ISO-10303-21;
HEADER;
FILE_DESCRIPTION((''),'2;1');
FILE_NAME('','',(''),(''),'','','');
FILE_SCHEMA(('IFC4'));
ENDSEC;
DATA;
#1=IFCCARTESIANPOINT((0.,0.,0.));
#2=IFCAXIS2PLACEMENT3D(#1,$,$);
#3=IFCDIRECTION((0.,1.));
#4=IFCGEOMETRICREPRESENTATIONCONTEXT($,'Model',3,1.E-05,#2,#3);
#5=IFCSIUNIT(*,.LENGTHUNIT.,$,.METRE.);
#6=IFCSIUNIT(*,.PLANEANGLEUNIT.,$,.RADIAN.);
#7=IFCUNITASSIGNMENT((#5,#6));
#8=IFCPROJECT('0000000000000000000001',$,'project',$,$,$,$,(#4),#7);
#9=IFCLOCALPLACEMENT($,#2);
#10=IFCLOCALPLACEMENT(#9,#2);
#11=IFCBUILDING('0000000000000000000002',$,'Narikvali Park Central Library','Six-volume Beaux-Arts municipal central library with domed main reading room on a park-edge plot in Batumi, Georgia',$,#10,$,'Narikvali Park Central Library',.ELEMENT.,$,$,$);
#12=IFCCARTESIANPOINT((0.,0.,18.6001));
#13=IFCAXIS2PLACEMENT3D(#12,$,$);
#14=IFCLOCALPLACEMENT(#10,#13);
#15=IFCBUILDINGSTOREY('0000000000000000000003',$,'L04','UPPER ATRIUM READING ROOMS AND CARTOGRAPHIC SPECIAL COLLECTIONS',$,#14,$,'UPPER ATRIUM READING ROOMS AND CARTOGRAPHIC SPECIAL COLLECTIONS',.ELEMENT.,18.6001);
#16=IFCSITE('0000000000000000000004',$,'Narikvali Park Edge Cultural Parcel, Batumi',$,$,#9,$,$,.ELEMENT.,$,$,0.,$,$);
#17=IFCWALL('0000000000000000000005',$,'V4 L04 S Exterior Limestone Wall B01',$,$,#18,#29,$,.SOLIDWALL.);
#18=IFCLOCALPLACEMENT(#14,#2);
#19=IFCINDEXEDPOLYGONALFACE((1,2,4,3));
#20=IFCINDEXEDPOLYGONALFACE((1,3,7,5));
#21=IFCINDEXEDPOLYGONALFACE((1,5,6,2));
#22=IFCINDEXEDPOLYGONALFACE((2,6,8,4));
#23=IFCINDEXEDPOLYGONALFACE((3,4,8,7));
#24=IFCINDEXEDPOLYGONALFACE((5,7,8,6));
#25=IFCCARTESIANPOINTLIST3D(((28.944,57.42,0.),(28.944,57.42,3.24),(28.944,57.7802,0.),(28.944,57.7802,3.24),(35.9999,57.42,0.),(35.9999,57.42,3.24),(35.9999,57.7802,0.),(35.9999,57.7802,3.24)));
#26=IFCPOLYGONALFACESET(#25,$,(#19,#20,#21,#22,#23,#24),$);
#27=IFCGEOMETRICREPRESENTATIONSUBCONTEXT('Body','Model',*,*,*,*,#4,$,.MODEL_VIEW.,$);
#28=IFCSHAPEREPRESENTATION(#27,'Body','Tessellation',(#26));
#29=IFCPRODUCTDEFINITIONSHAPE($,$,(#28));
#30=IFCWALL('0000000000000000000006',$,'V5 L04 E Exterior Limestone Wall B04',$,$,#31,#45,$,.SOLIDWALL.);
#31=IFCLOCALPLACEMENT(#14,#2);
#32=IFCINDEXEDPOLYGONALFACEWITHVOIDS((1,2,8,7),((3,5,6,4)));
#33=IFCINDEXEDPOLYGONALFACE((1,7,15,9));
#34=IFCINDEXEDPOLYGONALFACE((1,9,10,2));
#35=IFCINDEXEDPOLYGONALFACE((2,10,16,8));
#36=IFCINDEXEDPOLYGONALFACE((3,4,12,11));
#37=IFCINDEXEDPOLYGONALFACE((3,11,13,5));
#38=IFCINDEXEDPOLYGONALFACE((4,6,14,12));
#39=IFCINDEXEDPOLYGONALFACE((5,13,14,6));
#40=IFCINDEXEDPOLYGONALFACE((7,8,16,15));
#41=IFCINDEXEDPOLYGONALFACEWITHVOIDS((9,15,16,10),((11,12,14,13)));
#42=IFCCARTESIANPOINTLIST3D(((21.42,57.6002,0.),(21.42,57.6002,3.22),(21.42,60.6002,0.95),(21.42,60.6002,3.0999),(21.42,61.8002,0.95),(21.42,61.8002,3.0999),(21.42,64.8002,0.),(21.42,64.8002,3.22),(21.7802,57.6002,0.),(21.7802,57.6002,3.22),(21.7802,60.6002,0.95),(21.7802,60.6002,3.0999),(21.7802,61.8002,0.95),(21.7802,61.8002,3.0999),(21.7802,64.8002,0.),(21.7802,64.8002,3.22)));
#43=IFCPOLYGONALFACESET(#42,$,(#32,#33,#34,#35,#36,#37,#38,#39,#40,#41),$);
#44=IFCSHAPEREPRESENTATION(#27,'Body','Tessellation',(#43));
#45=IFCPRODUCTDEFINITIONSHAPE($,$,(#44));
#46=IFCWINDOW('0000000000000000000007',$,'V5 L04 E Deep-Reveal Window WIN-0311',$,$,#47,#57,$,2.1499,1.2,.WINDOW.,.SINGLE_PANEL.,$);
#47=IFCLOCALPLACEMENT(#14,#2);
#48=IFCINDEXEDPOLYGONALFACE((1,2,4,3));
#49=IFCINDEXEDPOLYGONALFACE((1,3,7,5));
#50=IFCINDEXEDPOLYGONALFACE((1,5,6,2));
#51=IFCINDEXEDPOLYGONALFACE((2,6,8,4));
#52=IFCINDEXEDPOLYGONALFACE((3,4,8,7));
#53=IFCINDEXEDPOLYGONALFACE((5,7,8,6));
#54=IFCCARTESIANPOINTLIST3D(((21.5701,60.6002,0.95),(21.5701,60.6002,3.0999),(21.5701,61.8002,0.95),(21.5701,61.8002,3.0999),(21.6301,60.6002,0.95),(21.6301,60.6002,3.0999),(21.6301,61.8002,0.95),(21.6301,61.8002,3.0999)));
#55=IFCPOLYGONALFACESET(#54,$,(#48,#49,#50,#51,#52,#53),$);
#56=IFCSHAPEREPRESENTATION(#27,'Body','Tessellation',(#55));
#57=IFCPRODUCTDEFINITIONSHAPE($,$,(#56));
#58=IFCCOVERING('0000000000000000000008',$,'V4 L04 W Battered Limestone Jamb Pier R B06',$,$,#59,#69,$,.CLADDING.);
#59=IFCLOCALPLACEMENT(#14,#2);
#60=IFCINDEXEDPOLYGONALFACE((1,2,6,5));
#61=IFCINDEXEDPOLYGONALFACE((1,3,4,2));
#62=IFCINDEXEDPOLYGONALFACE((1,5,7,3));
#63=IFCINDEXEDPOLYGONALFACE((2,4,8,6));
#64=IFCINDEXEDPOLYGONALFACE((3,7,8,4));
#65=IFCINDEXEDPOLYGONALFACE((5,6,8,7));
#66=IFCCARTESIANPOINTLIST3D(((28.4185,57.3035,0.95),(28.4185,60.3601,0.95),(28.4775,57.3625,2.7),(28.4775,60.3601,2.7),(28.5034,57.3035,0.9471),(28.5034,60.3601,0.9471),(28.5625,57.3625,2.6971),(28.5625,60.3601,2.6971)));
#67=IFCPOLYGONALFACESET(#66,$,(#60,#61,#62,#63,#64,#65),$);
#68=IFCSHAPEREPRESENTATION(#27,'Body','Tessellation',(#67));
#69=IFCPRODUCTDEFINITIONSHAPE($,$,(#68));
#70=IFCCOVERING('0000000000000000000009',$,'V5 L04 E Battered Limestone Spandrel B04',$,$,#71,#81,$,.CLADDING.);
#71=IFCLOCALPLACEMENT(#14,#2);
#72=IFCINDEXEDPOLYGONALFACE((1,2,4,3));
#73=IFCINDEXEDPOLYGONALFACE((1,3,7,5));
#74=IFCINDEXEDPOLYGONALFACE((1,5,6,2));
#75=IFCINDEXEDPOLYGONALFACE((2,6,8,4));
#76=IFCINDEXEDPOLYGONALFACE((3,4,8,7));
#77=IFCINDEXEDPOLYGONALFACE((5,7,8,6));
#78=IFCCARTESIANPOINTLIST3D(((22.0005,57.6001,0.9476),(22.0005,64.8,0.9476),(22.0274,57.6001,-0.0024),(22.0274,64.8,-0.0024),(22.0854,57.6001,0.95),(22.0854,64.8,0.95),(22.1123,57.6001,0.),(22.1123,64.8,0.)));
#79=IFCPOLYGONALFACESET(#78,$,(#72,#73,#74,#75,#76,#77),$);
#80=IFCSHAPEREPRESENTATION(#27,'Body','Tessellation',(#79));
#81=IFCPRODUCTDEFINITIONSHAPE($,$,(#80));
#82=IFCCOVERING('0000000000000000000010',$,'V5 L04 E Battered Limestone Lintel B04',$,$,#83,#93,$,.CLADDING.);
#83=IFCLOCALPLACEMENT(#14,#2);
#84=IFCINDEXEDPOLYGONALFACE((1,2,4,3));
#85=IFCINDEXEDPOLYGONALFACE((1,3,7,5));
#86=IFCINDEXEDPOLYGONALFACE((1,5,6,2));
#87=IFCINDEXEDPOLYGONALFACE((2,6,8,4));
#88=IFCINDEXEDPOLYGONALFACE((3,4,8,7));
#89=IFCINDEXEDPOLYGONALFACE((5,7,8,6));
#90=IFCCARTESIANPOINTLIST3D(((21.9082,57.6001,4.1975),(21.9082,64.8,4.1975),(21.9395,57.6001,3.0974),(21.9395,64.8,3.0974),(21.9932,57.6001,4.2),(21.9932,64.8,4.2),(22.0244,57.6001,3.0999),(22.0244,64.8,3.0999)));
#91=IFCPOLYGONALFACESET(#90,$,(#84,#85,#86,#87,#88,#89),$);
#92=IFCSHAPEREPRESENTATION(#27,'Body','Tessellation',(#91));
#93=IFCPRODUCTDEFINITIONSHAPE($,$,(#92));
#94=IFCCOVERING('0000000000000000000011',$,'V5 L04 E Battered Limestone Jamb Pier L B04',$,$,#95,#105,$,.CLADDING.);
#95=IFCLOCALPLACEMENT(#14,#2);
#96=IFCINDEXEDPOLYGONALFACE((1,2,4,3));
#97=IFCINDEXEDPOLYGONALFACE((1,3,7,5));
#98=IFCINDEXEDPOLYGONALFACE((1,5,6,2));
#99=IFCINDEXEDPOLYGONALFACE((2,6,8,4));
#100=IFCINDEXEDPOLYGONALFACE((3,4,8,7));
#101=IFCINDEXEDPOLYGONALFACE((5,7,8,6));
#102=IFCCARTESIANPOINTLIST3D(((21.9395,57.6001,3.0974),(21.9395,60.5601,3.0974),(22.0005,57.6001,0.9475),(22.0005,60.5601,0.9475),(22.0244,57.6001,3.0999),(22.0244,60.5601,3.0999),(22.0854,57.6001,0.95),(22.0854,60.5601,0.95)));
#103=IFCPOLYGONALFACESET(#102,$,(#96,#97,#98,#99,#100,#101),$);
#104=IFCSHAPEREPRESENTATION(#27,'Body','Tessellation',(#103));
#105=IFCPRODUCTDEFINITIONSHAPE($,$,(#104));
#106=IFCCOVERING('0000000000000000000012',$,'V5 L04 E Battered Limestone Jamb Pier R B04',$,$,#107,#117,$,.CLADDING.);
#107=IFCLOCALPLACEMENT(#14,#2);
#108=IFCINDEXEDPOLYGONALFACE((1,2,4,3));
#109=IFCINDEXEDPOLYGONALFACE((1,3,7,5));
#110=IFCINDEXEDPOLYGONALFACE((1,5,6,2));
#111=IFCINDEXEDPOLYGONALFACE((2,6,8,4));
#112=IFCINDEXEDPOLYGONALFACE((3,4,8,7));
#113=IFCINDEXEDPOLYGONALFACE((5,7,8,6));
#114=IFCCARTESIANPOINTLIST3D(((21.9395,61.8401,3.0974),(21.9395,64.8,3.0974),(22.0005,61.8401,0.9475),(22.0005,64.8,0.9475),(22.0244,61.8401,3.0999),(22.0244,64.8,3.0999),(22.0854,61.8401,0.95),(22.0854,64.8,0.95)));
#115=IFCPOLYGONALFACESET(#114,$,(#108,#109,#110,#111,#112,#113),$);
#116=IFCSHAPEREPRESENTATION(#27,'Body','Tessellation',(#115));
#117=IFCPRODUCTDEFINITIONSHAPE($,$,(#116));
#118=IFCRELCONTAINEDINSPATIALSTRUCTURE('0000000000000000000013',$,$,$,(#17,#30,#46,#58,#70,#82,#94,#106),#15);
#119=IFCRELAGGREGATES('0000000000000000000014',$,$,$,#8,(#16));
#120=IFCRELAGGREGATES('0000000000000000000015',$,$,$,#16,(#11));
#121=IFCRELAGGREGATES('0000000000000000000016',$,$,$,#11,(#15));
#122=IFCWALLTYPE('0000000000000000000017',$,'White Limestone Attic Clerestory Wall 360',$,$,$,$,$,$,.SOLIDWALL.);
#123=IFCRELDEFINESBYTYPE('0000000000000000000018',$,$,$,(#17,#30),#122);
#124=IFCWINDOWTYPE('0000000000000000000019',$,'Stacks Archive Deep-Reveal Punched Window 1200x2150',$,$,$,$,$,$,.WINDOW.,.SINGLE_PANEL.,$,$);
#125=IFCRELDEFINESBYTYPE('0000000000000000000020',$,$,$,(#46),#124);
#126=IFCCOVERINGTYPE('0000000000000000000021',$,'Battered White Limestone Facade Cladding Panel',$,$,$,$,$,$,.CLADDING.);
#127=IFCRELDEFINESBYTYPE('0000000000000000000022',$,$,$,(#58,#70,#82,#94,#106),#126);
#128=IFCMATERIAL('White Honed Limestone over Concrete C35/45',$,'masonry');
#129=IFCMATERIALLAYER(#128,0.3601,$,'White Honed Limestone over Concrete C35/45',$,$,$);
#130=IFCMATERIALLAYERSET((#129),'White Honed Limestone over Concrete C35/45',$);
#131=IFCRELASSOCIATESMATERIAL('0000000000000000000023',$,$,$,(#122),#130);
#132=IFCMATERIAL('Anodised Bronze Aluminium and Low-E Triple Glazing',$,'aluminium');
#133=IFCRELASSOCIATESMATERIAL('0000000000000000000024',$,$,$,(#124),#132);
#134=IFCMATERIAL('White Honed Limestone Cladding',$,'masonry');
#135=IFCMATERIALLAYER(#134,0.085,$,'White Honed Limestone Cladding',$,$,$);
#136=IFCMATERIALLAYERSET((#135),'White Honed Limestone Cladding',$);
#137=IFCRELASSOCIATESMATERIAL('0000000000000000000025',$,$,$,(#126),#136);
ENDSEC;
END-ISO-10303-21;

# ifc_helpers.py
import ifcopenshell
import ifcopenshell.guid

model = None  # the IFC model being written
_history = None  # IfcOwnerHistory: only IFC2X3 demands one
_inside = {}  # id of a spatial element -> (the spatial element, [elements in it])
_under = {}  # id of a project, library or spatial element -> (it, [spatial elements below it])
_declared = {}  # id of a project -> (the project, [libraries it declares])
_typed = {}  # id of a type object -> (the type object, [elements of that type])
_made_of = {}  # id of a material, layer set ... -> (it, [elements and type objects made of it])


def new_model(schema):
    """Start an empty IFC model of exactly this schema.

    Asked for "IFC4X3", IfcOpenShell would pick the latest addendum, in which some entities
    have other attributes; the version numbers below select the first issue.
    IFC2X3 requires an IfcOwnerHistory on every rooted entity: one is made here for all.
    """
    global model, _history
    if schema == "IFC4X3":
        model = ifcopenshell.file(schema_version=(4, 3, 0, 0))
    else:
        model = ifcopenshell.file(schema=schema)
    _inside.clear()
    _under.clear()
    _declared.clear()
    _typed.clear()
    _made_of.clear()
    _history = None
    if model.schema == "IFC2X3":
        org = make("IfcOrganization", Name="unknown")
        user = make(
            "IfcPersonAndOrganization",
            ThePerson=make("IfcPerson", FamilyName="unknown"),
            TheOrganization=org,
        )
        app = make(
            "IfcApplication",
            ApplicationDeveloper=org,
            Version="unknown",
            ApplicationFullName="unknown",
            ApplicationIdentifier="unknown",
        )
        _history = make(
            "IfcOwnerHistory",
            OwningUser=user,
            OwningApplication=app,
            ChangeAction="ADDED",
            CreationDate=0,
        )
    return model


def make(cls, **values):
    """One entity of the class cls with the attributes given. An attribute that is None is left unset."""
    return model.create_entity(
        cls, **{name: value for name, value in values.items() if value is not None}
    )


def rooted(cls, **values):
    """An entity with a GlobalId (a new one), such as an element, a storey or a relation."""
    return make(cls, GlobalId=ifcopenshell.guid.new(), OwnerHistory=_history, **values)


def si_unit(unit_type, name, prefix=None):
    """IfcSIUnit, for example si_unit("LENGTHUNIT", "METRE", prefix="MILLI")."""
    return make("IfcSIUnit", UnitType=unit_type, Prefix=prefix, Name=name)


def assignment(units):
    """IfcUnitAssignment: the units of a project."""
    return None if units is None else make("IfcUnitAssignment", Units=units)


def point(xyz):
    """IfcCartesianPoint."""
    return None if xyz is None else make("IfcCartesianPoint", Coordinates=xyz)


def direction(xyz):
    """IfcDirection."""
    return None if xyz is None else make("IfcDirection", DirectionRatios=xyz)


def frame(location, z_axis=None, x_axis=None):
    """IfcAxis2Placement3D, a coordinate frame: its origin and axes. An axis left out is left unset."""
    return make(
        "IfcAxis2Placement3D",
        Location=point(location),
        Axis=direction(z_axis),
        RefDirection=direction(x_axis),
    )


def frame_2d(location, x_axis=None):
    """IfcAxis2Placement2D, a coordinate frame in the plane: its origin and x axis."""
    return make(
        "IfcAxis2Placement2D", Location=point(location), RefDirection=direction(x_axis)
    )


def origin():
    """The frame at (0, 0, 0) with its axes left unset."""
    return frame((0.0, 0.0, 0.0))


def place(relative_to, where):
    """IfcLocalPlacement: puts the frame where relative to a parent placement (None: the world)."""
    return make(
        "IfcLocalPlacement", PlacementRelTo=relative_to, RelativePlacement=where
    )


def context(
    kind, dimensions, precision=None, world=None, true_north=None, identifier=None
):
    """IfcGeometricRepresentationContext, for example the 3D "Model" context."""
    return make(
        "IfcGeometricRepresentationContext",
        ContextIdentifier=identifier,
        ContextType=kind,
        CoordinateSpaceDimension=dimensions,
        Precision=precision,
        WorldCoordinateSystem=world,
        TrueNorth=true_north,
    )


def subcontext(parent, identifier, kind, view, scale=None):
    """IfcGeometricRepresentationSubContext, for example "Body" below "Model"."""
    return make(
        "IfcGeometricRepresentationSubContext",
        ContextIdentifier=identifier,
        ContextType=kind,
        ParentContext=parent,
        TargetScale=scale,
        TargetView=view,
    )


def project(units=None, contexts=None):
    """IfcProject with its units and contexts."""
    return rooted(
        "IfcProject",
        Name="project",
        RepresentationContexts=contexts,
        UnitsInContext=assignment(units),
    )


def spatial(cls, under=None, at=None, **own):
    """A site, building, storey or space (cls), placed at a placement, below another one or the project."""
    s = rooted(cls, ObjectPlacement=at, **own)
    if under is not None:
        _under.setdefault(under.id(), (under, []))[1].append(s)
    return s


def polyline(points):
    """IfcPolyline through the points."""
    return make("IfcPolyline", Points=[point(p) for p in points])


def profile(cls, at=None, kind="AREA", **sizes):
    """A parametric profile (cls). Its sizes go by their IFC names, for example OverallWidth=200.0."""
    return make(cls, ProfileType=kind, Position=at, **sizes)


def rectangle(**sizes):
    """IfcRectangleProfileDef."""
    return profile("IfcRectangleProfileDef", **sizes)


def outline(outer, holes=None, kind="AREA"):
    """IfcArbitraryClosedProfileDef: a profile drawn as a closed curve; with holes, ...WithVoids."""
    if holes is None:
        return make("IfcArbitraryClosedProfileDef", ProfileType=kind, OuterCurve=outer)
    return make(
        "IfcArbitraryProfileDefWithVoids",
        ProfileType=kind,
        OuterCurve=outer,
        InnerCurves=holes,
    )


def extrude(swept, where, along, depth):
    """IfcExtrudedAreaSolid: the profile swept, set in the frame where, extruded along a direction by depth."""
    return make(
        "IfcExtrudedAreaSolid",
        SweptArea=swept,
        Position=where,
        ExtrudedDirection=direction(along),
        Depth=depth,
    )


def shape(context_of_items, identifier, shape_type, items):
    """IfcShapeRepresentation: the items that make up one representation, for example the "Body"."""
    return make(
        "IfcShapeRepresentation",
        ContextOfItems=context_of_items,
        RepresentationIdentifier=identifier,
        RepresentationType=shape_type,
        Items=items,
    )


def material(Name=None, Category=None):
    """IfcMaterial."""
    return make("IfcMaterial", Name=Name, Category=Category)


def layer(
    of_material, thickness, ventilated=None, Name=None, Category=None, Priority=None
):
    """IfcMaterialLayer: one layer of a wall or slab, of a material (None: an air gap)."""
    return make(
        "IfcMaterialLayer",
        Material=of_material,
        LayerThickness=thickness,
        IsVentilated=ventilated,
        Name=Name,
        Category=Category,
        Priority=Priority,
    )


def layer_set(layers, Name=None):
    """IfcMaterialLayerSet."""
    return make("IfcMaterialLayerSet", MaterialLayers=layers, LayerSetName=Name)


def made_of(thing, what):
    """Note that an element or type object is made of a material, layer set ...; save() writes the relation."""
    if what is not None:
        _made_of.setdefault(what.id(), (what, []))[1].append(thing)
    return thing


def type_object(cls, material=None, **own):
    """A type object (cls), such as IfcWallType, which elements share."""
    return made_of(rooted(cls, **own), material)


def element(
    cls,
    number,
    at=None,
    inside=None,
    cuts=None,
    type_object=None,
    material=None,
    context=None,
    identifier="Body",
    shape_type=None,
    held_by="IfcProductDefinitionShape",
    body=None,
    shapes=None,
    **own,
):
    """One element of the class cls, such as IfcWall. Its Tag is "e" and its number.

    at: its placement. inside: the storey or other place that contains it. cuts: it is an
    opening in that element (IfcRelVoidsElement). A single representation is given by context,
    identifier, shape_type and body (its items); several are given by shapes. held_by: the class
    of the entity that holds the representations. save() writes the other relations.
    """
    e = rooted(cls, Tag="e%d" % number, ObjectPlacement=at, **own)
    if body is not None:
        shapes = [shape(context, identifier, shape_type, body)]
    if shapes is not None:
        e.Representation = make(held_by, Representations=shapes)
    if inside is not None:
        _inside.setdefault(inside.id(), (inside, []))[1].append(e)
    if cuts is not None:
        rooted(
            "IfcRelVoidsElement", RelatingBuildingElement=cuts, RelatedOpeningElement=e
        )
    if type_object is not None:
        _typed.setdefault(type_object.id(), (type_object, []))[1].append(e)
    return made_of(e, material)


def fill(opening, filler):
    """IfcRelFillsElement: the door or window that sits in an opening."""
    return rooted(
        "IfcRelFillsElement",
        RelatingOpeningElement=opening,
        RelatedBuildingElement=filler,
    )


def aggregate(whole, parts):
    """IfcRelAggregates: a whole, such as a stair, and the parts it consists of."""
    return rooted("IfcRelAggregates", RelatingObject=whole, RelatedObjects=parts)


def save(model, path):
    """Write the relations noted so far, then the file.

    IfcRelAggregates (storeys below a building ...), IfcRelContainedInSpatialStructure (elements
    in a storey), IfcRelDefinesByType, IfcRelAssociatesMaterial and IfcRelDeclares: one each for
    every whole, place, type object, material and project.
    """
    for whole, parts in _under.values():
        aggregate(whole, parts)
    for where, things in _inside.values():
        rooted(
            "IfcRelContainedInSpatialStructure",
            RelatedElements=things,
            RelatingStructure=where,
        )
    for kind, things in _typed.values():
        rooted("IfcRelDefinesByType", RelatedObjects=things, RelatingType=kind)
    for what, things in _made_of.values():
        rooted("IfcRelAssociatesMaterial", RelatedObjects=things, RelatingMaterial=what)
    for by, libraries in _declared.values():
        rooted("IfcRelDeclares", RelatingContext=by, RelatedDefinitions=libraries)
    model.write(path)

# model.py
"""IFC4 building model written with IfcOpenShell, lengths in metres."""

from ifc_helpers import new_model, si_unit, direction, frame, frame_2d, origin, place, context, subcontext, project, spatial, polyline, rectangle, outline, extrude, material, layer, layer_set, type_object, element, fill, save


model = new_model("IFC4")

# Units and contexts
model_context = context("Model", 3, precision=1e-05, world=origin(), true_north=direction((0.0, 1.0)))
body_context = subcontext(model_context, "Body", "Model", "MODEL_VIEW")
ifc_project = project(units=[si_unit("LENGTHUNIT", "METRE"), si_unit("PLANEANGLEUNIT", "RADIAN")], contexts=[model_context])

# Site, building, storey
site_placement = place(None, origin())
site = spatial("IfcSite", under=ifc_project, at=site_placement, Name="Narikvali Park Edge Cultural Parcel, Batumi", CompositionType="ELEMENT", RefElevation=0.0)
building_placement = place(site_placement, origin())
building = spatial("IfcBuilding", under=site, at=building_placement, Name="Narikvali Park Central Library", Description="Six-volume Beaux-Arts municipal central library with domed main reading room on a park-edge plot in Batumi, Georgia", LongName="Narikvali Park Central Library", CompositionType="ELEMENT")
storey_placement = place(building_placement, frame((0.0, 0.0, 18.6001)))
storey = spatial("IfcBuildingStorey", under=building, at=storey_placement, Name="L04", Description="UPPER ATRIUM READING ROOMS AND CARTOGRAPHIC SPECIAL COLLECTIONS", LongName="UPPER ATRIUM READING ROOMS AND CARTOGRAPHIC SPECIAL COLLECTIONS", CompositionType="ELEMENT", Elevation=18.6001)

# Wall
ifc_material_1 = material(Name="White Honed Limestone over Concrete C35/45", Category="masonry")
ifc_layer_1 = layer(ifc_material_1, 0.3601, Name="White Honed Limestone over Concrete C35/45")
ifc_layer_set_1 = layer_set([ifc_layer_1], Name="White Honed Limestone over Concrete C35/45")
wall_type_1 = type_object("IfcWallType", Name="White Limestone Attic Clerestory Wall 360", PredefinedType="SOLIDWALL", material=ifc_layer_set_1)
wall_1_placement = place(storey_placement, frame((28.9441, 57.6001, 0.0), z_axis=(0.0, 0.0, 1.0), x_axis=(1.0, 0.0, 0.0)))
element("IfcWall", 1, at=wall_1_placement, inside=storey, type_object=wall_type_1, Name="V4 L04 S Exterior Limestone Wall B01", PredefinedType="SOLIDWALL", context=body_context, shape_type="SweptSolid", body=[
    extrude(rectangle(XDim=7.0559, YDim=0.3601, at=frame_2d((3.5278, 0.0))), origin(), (0.0, 0.0, 1.0), 3.24),
])

# Wall, opening, window
wall_2_placement = place(storey_placement, frame((21.6001, 57.6001, 0.0), z_axis=(0.0, 0.0, 1.0), x_axis=(0.0, 1.0, 0.0)))
wall_2 = element("IfcWall", 2, at=wall_2_placement, inside=storey, type_object=wall_type_1, Name="V5 L04 E Exterior Limestone Wall B04", PredefinedType="SOLIDWALL", context=body_context, shape_type="SweptSolid", body=[
    extrude(rectangle(XDim=7.2, YDim=0.3601, at=frame_2d((3.6001, 0.0))), origin(), (0.0, 0.0, 1.0), 3.22),
])
opening_1_placement = place(wall_2_placement, frame((3.0, 0.0, 0.95)))
opening_1 = element("IfcOpeningElement", 3, at=opening_1_placement, cuts=wall_2, PredefinedType="OPENING", context=body_context, shape_type="SweptSolid", body=[
    extrude(rectangle(XDim=1.2, YDim=2.1499, at=frame_2d((0.6001, 1.075))), frame((0.0, 0.1919, 0.0), z_axis=(0.0, -1.0, 0.0), x_axis=(1.0, 0.0, 0.0)), (0.0, 0.0, 1.0), 0.384),
])
ifc_material_2 = material(Name="Anodised Bronze Aluminium and Low-E Triple Glazing", Category="aluminium")
window_type = type_object("IfcWindowType", Name="Stacks Archive Deep-Reveal Punched Window 1200x2150", PartitioningType="SINGLE_PANEL", PredefinedType="WINDOW", material=ifc_material_2)
window_placement = place(opening_1_placement, origin())
window = element("IfcWindow", 4, at=window_placement, inside=storey, type_object=window_type, Name="V5 L04 E Deep-Reveal Window WIN-0311", OverallHeight=2.1499, OverallWidth=1.2, PartitioningType="SINGLE_PANEL", PredefinedType="WINDOW", context=body_context, shape_type="SweptSolid", body=[
    extrude(rectangle(XDim=1.2, YDim=2.1499, at=frame_2d((0.6001, 1.075))), frame((0.0, 0.03, 0.0), z_axis=(0.0, -1.0, 0.0), x_axis=(1.0, 0.0, 0.0)), (0.0, 0.0, 1.0), 0.0601),
])
fill(opening_1, window)

# Coverings
ifc_material_3 = material(Name="White Honed Limestone Cladding", Category="masonry")
ifc_layer_2 = layer(ifc_material_3, 0.085, Name="White Honed Limestone Cladding")
ifc_layer_set_2 = layer_set([ifc_layer_2], Name="White Honed Limestone Cladding")
covering_type = type_object("IfcCoveringType", Name="Battered White Limestone Facade Cladding Panel", PredefinedType="CLADDING", material=ifc_layer_set_2)
covering_1_placement = place(storey_placement, frame((28.4185, 60.3601, 0.95), z_axis=(-0.999431, 0.0, 0.033742), x_axis=(0.0, -1.0, 0.0)))
element("IfcCovering", 5, at=covering_1_placement, inside=storey, type_object=covering_type, Name="V4 L04 W Battered Limestone Jamb Pier R B06", PredefinedType="CLADDING", context=body_context, shape_type="SweptSolid", body=[
    extrude(outline(polyline([(0.0, 0.0), (3.0566, 0.0), (2.9976, 1.751), (0.0, 1.751), (0.0, 0.0)])), origin(), (0.0, 0.0, -1.0), 0.085),
])
covering_2_placement = place(storey_placement, frame((22.1123, 57.6001, 0.0), z_axis=(0.999601, 0.0, 0.028259), x_axis=(0.0, 1.0, 0.0)))
element("IfcCovering", 6, at=covering_2_placement, inside=storey, type_object=covering_type, Name="V5 L04 E Battered Limestone Spandrel B04", PredefinedType="CLADDING", context=body_context, shape_type="SweptSolid", body=[
    extrude(outline(polyline([(0.0, 0.0), (7.2, 0.0), (7.2, 0.9503), (0.0, 0.9503), (0.0, 0.0)])), origin(), (0.0, 0.0, -1.0), 0.085),
])
covering_3_placement = place(storey_placement, frame((22.0244, 57.6001, 3.0999), z_axis=(0.999597, 0.0, 0.028395), x_axis=(0.0, 1.0, 0.0)))
element("IfcCovering", 7, at=covering_3_placement, inside=storey, type_object=covering_type, Name="V5 L04 E Battered Limestone Lintel B04", PredefinedType="CLADDING", context=body_context, shape_type="SweptSolid", body=[
    extrude(outline(polyline([(0.0, 0.0), (7.2, 0.0), (7.2, 1.1005), (0.0, 1.1005), (0.0, 0.0)])), origin(), (0.0, 0.0, -1.0), 0.085),
])
for number, where, z_axis, x_axis, name in (
    (8, (22.0854, 57.6001, 0.95), (0.999597, 0.0, 0.028378), (0.0, 1.0, 0.0), "V5 L04 E Battered Limestone Jamb Pier L B04"),
    (9, (22.0854, 61.8401, 0.95), (0.999597, 0.0, 0.028378), (0.0, 1.0, 0.0), "V5 L04 E Battered Limestone Jamb Pier R B04"),
):
    element("IfcCovering", number, at=place(storey_placement, frame(where, z_axis=z_axis, x_axis=x_axis)), inside=storey, type_object=covering_type, Name=name, PredefinedType="CLADDING", context=body_context, shape_type="SweptSolid", body=[
        extrude(outline(polyline([(0.0, 0.0), (2.96, 0.0), (2.96, 2.1508), (0.0, 2.1508), (0.0, 0.0)])), origin(), (0.0, 0.0, -1.0), 0.085),
    ])

save(model, "model.ifc")
